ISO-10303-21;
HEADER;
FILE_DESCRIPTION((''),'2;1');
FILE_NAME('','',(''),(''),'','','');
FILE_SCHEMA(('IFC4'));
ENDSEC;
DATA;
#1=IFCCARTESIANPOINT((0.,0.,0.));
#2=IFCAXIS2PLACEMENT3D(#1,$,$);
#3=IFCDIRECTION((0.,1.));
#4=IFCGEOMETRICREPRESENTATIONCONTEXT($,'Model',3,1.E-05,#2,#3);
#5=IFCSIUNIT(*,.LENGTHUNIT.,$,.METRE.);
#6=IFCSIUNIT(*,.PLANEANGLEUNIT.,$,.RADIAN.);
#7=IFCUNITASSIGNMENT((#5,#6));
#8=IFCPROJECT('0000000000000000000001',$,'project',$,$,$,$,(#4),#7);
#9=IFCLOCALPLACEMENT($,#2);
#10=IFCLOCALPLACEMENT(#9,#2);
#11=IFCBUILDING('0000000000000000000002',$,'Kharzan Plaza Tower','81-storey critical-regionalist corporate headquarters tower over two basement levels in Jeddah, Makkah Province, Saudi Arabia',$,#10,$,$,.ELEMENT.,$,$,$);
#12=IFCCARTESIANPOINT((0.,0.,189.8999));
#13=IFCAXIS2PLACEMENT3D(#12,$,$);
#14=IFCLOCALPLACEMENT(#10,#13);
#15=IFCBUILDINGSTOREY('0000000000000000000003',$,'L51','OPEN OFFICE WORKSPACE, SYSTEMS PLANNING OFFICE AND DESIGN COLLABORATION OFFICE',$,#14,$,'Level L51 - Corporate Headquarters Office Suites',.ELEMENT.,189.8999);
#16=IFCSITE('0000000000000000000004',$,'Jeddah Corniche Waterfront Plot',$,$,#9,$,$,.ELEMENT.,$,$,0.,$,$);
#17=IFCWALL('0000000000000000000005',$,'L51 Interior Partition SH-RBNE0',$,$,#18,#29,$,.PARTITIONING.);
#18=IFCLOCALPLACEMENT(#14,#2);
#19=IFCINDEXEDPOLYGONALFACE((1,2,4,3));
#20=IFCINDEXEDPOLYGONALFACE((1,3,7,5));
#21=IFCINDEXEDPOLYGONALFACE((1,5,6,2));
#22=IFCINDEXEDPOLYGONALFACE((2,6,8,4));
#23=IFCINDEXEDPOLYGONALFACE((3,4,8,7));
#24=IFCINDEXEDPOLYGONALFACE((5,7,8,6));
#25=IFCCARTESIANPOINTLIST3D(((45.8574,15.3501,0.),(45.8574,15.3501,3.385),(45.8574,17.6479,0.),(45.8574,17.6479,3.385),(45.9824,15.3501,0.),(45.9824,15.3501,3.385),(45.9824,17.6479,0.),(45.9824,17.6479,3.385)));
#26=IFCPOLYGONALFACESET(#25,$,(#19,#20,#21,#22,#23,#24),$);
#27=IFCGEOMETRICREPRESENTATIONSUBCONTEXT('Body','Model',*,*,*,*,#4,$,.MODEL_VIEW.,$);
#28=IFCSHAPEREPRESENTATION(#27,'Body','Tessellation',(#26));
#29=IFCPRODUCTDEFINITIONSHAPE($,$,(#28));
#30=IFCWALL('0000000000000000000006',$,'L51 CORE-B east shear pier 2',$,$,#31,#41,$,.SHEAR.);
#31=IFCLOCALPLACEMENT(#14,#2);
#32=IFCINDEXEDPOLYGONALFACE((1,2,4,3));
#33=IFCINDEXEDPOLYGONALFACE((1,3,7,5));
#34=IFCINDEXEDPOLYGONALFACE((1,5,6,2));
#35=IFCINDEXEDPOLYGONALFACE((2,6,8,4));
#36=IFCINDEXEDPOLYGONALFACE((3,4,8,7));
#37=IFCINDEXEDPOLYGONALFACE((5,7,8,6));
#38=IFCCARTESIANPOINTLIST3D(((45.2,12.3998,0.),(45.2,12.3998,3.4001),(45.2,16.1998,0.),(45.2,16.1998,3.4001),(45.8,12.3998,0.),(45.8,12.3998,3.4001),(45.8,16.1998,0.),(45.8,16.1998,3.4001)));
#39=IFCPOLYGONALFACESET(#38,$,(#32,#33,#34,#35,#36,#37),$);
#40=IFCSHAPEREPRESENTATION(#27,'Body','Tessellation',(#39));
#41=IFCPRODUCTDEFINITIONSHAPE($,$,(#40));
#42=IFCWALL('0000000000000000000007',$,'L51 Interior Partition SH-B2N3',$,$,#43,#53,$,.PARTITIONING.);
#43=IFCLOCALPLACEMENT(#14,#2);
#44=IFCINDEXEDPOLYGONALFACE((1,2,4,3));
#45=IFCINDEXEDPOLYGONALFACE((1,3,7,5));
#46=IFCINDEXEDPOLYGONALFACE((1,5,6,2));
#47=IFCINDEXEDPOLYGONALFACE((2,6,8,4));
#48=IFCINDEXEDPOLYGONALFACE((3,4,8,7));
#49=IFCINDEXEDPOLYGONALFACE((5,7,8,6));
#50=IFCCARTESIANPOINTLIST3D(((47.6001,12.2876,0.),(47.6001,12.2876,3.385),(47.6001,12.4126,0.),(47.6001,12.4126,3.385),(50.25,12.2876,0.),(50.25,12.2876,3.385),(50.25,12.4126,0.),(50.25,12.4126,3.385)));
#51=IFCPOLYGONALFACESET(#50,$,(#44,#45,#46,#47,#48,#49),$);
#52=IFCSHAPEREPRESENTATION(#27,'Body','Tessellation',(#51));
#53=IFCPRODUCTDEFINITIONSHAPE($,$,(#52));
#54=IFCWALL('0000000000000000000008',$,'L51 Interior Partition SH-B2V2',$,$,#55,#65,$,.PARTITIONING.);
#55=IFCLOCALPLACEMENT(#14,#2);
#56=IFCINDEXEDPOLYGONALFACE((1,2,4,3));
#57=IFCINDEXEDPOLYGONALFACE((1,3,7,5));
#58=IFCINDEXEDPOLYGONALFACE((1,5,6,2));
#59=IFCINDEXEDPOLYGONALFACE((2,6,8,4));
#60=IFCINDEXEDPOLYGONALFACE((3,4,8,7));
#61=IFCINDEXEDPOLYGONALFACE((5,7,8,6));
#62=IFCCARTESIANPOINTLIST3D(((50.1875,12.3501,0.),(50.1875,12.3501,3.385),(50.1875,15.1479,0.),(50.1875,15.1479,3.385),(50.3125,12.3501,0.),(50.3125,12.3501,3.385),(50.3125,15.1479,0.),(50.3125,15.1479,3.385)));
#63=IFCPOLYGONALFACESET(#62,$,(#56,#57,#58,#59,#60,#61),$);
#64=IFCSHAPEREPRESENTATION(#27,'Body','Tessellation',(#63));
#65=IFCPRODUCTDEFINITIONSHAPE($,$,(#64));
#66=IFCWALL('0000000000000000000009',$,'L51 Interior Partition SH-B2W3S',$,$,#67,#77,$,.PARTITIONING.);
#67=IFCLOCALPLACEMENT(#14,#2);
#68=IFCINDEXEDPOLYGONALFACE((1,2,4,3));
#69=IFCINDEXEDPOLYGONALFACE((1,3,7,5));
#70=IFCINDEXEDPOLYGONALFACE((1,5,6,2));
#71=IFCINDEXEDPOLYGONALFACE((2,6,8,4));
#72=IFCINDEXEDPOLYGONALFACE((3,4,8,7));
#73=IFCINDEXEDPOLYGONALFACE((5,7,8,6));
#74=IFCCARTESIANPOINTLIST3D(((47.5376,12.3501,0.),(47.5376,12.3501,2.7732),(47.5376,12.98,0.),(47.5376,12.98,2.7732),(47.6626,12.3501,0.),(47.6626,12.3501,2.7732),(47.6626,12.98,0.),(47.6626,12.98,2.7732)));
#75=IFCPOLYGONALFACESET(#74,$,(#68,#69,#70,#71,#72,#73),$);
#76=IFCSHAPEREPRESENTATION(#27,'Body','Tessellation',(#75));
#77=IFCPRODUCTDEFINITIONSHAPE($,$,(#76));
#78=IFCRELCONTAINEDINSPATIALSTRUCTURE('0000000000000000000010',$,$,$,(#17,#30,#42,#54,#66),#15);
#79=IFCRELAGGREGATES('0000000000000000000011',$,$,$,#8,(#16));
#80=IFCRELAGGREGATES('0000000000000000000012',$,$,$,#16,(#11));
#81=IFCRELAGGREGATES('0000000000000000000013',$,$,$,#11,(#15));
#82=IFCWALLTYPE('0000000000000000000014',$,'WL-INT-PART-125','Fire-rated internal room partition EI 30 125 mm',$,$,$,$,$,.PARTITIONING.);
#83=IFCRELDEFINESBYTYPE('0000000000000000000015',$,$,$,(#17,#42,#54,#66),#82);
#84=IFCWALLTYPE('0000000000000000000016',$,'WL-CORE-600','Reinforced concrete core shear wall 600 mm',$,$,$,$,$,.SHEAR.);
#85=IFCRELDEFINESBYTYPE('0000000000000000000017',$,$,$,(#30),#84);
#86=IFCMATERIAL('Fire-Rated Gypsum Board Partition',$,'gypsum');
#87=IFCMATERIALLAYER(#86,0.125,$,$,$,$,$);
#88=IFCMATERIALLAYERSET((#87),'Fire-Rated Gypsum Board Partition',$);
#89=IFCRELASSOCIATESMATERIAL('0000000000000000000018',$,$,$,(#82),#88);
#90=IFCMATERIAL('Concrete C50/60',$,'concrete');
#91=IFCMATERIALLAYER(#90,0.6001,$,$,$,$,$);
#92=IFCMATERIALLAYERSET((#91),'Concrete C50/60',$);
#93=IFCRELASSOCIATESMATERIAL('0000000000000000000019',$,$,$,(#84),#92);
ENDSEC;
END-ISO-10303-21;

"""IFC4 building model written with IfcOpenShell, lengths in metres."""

from ifc_helpers import new_model, si_unit, direction, frame, frame_2d, origin, place, context, subcontext, project, spatial, rectangle, extrude, source, transform, mapped, material, layer, layer_set, type_object, element, save


model = new_model("IFC4")

# Units and contexts
model_context = context("Model", 3, precision=1e-05, world=origin(), true_north=direction((0.0, 1.0)))
body_context = subcontext(model_context, "Body", "Model", "MODEL_VIEW")
ifc_project = project(units=[si_unit("LENGTHUNIT", "METRE"), si_unit("PLANEANGLEUNIT", "RADIAN")], contexts=[model_context])

# Site, building, storey
site_placement = place(None, origin())
site = spatial("IfcSite", under=ifc_project, at=site_placement, Name="Jeddah Corniche Waterfront Plot", CompositionType="ELEMENT", RefElevation=0.0)
building_placement = place(site_placement, origin())
building = spatial("IfcBuilding", under=site, at=building_placement, Name="Kharzan Plaza Tower", Description="81-storey critical-regionalist corporate headquarters tower over two basement levels in Jeddah, Makkah Province, Saudi Arabia", CompositionType="ELEMENT")
storey_placement = place(building_placement, frame((0.0, 0.0, 189.8999)))
storey = spatial("IfcBuildingStorey", under=building, at=storey_placement, Name="L51", Description="OPEN OFFICE WORKSPACE, SYSTEMS PLANNING OFFICE AND DESIGN COLLABORATION OFFICE", LongName="Level L51 - Corporate Headquarters Office Suites", CompositionType="ELEMENT", Elevation=189.8999)

# Shared definitions
ifc_material_1 = material(Name="Concrete C50/60", Category="concrete")

# Shared definitions
ifc_material_2 = material(Name="Fire-Rated Gypsum Board Partition", Category="gypsum")
ifc_layer_1 = layer(ifc_material_2, 0.125)
ifc_layer_set_1 = layer_set([ifc_layer_1], Name="Fire-Rated Gypsum Board Partition")
wall_type_1 = type_object("IfcWallType", Name="WL-INT-PART-125", Description="Fire-rated internal room partition EI 30 125 mm", PredefinedType="PARTITIONING", material=ifc_layer_set_1)

# Walls
shared_shape_1 = source(origin(), body_context, "Body", "SweptSolid", [
    extrude(rectangle(XDim=2.2979, YDim=0.125, at=frame_2d((1.1489, 0.0))), origin(), (0.0, 0.0, 1.0), 3.385),
])
wall_1_placement = place(storey_placement, frame((45.9199, 15.3501, 0.0), z_axis=(0.0, 0.0, 1.0), x_axis=(0.0, 1.0, 0.0)))
element("IfcWall", 1, at=wall_1_placement, inside=storey, type_object=wall_type_1, Name="L51 Interior Partition SH-RBNE0", PredefinedType="PARTITIONING", context=body_context, shape_type="MappedRepresentation", body=[
    mapped(shared_shape_1, transform((0.0, 0.0, 0.0), x_axis=(1.0, 0.0, 0.0), y_axis=(0.0, 1.0, 0.0), z_axis=(0.0, 0.0, 1.0))),
])
ifc_layer_2 = layer(ifc_material_1, 0.6001)
ifc_layer_set_2 = layer_set([ifc_layer_2], Name="Concrete C50/60")
wall_type_2 = type_object("IfcWallType", Name="WL-CORE-600", Description="Reinforced concrete core shear wall 600 mm", PredefinedType="SHEAR", material=ifc_layer_set_2)
shared_shape_2 = source(origin(), body_context, "Body", "SweptSolid", [
    extrude(rectangle(XDim=3.8, YDim=0.6001, at=frame_2d((1.8999, 0.0))), origin(), (0.0, 0.0, 1.0), 3.4001),
])
wall_2_placement = place(storey_placement, frame((45.5, 12.3999, 0.0), z_axis=(0.0, 0.0, 1.0), x_axis=(0.0, 1.0, 0.0)))
element("IfcWall", 2, at=wall_2_placement, inside=storey, type_object=wall_type_2, Name="L51 CORE-B east shear pier 2", PredefinedType="SHEAR", context=body_context, shape_type="MappedRepresentation", body=[
    mapped(shared_shape_2, transform((0.0, 0.0, 0.0), x_axis=(1.0, 0.0, 0.0), y_axis=(0.0, 1.0, 0.0), z_axis=(0.0, 0.0, 1.0))),
])
shared_shape_3 = source(origin(), body_context, "Body", "SweptSolid", [
    extrude(rectangle(XDim=2.6499, YDim=0.125, at=frame_2d((1.325, 0.0))), origin(), (0.0, 0.0, 1.0), 3.385),
])
wall_3_placement = place(storey_placement, frame((47.6001, 12.3501, 0.0), z_axis=(0.0, 0.0, 1.0), x_axis=(1.0, 0.0, 0.0)))
element("IfcWall", 3, at=wall_3_placement, inside=storey, type_object=wall_type_1, Name="L51 Interior Partition SH-B2N3", PredefinedType="PARTITIONING", context=body_context, shape_type="MappedRepresentation", body=[
    mapped(shared_shape_3, transform((0.0, 0.0, 0.0), x_axis=(1.0, 0.0, 0.0), y_axis=(0.0, 1.0, 0.0), z_axis=(0.0, 0.0, 1.0))),
])
shared_shape_4 = source(origin(), body_context, "Body", "SweptSolid", [
    extrude(rectangle(XDim=2.7979, YDim=0.125, at=frame_2d((1.3989, 0.0))), origin(), (0.0, 0.0, 1.0), 3.385),
])
wall_4_placement = place(storey_placement, frame((50.25, 12.3501, 0.0), z_axis=(0.0, 0.0, 1.0), x_axis=(0.0, 1.0, 0.0)))
element("IfcWall", 4, at=wall_4_placement, inside=storey, type_object=wall_type_1, Name="L51 Interior Partition SH-B2V2", PredefinedType="PARTITIONING", context=body_context, shape_type="MappedRepresentation", body=[
    mapped(shared_shape_4, transform((0.0, 0.0, 0.0), x_axis=(1.0, 0.0, 0.0), y_axis=(0.0, 1.0, 0.0), z_axis=(0.0, 0.0, 1.0))),
])
shared_shape_5 = source(origin(), body_context, "Body", "SweptSolid", [
    extrude(rectangle(XDim=0.6299, YDim=0.125, at=frame_2d((0.3149, 0.0))), origin(), (0.0, 0.0, 1.0), 2.7732),
])
wall_5_placement = place(storey_placement, frame((47.6001, 12.3501, 0.0), z_axis=(0.0, 0.0, 1.0), x_axis=(0.0, 1.0, 0.0)))
element("IfcWall", 5, at=wall_5_placement, inside=storey, type_object=wall_type_1, Name="L51 Interior Partition SH-B2W3S", PredefinedType="PARTITIONING", context=body_context, shape_type="MappedRepresentation", body=[
    mapped(shared_shape_5, transform((0.0, 0.0, 0.0), x_axis=(1.0, 0.0, 0.0), y_axis=(0.0, 1.0, 0.0), z_axis=(0.0, 0.0, 1.0))),
])

save(model, "model.ifc")
